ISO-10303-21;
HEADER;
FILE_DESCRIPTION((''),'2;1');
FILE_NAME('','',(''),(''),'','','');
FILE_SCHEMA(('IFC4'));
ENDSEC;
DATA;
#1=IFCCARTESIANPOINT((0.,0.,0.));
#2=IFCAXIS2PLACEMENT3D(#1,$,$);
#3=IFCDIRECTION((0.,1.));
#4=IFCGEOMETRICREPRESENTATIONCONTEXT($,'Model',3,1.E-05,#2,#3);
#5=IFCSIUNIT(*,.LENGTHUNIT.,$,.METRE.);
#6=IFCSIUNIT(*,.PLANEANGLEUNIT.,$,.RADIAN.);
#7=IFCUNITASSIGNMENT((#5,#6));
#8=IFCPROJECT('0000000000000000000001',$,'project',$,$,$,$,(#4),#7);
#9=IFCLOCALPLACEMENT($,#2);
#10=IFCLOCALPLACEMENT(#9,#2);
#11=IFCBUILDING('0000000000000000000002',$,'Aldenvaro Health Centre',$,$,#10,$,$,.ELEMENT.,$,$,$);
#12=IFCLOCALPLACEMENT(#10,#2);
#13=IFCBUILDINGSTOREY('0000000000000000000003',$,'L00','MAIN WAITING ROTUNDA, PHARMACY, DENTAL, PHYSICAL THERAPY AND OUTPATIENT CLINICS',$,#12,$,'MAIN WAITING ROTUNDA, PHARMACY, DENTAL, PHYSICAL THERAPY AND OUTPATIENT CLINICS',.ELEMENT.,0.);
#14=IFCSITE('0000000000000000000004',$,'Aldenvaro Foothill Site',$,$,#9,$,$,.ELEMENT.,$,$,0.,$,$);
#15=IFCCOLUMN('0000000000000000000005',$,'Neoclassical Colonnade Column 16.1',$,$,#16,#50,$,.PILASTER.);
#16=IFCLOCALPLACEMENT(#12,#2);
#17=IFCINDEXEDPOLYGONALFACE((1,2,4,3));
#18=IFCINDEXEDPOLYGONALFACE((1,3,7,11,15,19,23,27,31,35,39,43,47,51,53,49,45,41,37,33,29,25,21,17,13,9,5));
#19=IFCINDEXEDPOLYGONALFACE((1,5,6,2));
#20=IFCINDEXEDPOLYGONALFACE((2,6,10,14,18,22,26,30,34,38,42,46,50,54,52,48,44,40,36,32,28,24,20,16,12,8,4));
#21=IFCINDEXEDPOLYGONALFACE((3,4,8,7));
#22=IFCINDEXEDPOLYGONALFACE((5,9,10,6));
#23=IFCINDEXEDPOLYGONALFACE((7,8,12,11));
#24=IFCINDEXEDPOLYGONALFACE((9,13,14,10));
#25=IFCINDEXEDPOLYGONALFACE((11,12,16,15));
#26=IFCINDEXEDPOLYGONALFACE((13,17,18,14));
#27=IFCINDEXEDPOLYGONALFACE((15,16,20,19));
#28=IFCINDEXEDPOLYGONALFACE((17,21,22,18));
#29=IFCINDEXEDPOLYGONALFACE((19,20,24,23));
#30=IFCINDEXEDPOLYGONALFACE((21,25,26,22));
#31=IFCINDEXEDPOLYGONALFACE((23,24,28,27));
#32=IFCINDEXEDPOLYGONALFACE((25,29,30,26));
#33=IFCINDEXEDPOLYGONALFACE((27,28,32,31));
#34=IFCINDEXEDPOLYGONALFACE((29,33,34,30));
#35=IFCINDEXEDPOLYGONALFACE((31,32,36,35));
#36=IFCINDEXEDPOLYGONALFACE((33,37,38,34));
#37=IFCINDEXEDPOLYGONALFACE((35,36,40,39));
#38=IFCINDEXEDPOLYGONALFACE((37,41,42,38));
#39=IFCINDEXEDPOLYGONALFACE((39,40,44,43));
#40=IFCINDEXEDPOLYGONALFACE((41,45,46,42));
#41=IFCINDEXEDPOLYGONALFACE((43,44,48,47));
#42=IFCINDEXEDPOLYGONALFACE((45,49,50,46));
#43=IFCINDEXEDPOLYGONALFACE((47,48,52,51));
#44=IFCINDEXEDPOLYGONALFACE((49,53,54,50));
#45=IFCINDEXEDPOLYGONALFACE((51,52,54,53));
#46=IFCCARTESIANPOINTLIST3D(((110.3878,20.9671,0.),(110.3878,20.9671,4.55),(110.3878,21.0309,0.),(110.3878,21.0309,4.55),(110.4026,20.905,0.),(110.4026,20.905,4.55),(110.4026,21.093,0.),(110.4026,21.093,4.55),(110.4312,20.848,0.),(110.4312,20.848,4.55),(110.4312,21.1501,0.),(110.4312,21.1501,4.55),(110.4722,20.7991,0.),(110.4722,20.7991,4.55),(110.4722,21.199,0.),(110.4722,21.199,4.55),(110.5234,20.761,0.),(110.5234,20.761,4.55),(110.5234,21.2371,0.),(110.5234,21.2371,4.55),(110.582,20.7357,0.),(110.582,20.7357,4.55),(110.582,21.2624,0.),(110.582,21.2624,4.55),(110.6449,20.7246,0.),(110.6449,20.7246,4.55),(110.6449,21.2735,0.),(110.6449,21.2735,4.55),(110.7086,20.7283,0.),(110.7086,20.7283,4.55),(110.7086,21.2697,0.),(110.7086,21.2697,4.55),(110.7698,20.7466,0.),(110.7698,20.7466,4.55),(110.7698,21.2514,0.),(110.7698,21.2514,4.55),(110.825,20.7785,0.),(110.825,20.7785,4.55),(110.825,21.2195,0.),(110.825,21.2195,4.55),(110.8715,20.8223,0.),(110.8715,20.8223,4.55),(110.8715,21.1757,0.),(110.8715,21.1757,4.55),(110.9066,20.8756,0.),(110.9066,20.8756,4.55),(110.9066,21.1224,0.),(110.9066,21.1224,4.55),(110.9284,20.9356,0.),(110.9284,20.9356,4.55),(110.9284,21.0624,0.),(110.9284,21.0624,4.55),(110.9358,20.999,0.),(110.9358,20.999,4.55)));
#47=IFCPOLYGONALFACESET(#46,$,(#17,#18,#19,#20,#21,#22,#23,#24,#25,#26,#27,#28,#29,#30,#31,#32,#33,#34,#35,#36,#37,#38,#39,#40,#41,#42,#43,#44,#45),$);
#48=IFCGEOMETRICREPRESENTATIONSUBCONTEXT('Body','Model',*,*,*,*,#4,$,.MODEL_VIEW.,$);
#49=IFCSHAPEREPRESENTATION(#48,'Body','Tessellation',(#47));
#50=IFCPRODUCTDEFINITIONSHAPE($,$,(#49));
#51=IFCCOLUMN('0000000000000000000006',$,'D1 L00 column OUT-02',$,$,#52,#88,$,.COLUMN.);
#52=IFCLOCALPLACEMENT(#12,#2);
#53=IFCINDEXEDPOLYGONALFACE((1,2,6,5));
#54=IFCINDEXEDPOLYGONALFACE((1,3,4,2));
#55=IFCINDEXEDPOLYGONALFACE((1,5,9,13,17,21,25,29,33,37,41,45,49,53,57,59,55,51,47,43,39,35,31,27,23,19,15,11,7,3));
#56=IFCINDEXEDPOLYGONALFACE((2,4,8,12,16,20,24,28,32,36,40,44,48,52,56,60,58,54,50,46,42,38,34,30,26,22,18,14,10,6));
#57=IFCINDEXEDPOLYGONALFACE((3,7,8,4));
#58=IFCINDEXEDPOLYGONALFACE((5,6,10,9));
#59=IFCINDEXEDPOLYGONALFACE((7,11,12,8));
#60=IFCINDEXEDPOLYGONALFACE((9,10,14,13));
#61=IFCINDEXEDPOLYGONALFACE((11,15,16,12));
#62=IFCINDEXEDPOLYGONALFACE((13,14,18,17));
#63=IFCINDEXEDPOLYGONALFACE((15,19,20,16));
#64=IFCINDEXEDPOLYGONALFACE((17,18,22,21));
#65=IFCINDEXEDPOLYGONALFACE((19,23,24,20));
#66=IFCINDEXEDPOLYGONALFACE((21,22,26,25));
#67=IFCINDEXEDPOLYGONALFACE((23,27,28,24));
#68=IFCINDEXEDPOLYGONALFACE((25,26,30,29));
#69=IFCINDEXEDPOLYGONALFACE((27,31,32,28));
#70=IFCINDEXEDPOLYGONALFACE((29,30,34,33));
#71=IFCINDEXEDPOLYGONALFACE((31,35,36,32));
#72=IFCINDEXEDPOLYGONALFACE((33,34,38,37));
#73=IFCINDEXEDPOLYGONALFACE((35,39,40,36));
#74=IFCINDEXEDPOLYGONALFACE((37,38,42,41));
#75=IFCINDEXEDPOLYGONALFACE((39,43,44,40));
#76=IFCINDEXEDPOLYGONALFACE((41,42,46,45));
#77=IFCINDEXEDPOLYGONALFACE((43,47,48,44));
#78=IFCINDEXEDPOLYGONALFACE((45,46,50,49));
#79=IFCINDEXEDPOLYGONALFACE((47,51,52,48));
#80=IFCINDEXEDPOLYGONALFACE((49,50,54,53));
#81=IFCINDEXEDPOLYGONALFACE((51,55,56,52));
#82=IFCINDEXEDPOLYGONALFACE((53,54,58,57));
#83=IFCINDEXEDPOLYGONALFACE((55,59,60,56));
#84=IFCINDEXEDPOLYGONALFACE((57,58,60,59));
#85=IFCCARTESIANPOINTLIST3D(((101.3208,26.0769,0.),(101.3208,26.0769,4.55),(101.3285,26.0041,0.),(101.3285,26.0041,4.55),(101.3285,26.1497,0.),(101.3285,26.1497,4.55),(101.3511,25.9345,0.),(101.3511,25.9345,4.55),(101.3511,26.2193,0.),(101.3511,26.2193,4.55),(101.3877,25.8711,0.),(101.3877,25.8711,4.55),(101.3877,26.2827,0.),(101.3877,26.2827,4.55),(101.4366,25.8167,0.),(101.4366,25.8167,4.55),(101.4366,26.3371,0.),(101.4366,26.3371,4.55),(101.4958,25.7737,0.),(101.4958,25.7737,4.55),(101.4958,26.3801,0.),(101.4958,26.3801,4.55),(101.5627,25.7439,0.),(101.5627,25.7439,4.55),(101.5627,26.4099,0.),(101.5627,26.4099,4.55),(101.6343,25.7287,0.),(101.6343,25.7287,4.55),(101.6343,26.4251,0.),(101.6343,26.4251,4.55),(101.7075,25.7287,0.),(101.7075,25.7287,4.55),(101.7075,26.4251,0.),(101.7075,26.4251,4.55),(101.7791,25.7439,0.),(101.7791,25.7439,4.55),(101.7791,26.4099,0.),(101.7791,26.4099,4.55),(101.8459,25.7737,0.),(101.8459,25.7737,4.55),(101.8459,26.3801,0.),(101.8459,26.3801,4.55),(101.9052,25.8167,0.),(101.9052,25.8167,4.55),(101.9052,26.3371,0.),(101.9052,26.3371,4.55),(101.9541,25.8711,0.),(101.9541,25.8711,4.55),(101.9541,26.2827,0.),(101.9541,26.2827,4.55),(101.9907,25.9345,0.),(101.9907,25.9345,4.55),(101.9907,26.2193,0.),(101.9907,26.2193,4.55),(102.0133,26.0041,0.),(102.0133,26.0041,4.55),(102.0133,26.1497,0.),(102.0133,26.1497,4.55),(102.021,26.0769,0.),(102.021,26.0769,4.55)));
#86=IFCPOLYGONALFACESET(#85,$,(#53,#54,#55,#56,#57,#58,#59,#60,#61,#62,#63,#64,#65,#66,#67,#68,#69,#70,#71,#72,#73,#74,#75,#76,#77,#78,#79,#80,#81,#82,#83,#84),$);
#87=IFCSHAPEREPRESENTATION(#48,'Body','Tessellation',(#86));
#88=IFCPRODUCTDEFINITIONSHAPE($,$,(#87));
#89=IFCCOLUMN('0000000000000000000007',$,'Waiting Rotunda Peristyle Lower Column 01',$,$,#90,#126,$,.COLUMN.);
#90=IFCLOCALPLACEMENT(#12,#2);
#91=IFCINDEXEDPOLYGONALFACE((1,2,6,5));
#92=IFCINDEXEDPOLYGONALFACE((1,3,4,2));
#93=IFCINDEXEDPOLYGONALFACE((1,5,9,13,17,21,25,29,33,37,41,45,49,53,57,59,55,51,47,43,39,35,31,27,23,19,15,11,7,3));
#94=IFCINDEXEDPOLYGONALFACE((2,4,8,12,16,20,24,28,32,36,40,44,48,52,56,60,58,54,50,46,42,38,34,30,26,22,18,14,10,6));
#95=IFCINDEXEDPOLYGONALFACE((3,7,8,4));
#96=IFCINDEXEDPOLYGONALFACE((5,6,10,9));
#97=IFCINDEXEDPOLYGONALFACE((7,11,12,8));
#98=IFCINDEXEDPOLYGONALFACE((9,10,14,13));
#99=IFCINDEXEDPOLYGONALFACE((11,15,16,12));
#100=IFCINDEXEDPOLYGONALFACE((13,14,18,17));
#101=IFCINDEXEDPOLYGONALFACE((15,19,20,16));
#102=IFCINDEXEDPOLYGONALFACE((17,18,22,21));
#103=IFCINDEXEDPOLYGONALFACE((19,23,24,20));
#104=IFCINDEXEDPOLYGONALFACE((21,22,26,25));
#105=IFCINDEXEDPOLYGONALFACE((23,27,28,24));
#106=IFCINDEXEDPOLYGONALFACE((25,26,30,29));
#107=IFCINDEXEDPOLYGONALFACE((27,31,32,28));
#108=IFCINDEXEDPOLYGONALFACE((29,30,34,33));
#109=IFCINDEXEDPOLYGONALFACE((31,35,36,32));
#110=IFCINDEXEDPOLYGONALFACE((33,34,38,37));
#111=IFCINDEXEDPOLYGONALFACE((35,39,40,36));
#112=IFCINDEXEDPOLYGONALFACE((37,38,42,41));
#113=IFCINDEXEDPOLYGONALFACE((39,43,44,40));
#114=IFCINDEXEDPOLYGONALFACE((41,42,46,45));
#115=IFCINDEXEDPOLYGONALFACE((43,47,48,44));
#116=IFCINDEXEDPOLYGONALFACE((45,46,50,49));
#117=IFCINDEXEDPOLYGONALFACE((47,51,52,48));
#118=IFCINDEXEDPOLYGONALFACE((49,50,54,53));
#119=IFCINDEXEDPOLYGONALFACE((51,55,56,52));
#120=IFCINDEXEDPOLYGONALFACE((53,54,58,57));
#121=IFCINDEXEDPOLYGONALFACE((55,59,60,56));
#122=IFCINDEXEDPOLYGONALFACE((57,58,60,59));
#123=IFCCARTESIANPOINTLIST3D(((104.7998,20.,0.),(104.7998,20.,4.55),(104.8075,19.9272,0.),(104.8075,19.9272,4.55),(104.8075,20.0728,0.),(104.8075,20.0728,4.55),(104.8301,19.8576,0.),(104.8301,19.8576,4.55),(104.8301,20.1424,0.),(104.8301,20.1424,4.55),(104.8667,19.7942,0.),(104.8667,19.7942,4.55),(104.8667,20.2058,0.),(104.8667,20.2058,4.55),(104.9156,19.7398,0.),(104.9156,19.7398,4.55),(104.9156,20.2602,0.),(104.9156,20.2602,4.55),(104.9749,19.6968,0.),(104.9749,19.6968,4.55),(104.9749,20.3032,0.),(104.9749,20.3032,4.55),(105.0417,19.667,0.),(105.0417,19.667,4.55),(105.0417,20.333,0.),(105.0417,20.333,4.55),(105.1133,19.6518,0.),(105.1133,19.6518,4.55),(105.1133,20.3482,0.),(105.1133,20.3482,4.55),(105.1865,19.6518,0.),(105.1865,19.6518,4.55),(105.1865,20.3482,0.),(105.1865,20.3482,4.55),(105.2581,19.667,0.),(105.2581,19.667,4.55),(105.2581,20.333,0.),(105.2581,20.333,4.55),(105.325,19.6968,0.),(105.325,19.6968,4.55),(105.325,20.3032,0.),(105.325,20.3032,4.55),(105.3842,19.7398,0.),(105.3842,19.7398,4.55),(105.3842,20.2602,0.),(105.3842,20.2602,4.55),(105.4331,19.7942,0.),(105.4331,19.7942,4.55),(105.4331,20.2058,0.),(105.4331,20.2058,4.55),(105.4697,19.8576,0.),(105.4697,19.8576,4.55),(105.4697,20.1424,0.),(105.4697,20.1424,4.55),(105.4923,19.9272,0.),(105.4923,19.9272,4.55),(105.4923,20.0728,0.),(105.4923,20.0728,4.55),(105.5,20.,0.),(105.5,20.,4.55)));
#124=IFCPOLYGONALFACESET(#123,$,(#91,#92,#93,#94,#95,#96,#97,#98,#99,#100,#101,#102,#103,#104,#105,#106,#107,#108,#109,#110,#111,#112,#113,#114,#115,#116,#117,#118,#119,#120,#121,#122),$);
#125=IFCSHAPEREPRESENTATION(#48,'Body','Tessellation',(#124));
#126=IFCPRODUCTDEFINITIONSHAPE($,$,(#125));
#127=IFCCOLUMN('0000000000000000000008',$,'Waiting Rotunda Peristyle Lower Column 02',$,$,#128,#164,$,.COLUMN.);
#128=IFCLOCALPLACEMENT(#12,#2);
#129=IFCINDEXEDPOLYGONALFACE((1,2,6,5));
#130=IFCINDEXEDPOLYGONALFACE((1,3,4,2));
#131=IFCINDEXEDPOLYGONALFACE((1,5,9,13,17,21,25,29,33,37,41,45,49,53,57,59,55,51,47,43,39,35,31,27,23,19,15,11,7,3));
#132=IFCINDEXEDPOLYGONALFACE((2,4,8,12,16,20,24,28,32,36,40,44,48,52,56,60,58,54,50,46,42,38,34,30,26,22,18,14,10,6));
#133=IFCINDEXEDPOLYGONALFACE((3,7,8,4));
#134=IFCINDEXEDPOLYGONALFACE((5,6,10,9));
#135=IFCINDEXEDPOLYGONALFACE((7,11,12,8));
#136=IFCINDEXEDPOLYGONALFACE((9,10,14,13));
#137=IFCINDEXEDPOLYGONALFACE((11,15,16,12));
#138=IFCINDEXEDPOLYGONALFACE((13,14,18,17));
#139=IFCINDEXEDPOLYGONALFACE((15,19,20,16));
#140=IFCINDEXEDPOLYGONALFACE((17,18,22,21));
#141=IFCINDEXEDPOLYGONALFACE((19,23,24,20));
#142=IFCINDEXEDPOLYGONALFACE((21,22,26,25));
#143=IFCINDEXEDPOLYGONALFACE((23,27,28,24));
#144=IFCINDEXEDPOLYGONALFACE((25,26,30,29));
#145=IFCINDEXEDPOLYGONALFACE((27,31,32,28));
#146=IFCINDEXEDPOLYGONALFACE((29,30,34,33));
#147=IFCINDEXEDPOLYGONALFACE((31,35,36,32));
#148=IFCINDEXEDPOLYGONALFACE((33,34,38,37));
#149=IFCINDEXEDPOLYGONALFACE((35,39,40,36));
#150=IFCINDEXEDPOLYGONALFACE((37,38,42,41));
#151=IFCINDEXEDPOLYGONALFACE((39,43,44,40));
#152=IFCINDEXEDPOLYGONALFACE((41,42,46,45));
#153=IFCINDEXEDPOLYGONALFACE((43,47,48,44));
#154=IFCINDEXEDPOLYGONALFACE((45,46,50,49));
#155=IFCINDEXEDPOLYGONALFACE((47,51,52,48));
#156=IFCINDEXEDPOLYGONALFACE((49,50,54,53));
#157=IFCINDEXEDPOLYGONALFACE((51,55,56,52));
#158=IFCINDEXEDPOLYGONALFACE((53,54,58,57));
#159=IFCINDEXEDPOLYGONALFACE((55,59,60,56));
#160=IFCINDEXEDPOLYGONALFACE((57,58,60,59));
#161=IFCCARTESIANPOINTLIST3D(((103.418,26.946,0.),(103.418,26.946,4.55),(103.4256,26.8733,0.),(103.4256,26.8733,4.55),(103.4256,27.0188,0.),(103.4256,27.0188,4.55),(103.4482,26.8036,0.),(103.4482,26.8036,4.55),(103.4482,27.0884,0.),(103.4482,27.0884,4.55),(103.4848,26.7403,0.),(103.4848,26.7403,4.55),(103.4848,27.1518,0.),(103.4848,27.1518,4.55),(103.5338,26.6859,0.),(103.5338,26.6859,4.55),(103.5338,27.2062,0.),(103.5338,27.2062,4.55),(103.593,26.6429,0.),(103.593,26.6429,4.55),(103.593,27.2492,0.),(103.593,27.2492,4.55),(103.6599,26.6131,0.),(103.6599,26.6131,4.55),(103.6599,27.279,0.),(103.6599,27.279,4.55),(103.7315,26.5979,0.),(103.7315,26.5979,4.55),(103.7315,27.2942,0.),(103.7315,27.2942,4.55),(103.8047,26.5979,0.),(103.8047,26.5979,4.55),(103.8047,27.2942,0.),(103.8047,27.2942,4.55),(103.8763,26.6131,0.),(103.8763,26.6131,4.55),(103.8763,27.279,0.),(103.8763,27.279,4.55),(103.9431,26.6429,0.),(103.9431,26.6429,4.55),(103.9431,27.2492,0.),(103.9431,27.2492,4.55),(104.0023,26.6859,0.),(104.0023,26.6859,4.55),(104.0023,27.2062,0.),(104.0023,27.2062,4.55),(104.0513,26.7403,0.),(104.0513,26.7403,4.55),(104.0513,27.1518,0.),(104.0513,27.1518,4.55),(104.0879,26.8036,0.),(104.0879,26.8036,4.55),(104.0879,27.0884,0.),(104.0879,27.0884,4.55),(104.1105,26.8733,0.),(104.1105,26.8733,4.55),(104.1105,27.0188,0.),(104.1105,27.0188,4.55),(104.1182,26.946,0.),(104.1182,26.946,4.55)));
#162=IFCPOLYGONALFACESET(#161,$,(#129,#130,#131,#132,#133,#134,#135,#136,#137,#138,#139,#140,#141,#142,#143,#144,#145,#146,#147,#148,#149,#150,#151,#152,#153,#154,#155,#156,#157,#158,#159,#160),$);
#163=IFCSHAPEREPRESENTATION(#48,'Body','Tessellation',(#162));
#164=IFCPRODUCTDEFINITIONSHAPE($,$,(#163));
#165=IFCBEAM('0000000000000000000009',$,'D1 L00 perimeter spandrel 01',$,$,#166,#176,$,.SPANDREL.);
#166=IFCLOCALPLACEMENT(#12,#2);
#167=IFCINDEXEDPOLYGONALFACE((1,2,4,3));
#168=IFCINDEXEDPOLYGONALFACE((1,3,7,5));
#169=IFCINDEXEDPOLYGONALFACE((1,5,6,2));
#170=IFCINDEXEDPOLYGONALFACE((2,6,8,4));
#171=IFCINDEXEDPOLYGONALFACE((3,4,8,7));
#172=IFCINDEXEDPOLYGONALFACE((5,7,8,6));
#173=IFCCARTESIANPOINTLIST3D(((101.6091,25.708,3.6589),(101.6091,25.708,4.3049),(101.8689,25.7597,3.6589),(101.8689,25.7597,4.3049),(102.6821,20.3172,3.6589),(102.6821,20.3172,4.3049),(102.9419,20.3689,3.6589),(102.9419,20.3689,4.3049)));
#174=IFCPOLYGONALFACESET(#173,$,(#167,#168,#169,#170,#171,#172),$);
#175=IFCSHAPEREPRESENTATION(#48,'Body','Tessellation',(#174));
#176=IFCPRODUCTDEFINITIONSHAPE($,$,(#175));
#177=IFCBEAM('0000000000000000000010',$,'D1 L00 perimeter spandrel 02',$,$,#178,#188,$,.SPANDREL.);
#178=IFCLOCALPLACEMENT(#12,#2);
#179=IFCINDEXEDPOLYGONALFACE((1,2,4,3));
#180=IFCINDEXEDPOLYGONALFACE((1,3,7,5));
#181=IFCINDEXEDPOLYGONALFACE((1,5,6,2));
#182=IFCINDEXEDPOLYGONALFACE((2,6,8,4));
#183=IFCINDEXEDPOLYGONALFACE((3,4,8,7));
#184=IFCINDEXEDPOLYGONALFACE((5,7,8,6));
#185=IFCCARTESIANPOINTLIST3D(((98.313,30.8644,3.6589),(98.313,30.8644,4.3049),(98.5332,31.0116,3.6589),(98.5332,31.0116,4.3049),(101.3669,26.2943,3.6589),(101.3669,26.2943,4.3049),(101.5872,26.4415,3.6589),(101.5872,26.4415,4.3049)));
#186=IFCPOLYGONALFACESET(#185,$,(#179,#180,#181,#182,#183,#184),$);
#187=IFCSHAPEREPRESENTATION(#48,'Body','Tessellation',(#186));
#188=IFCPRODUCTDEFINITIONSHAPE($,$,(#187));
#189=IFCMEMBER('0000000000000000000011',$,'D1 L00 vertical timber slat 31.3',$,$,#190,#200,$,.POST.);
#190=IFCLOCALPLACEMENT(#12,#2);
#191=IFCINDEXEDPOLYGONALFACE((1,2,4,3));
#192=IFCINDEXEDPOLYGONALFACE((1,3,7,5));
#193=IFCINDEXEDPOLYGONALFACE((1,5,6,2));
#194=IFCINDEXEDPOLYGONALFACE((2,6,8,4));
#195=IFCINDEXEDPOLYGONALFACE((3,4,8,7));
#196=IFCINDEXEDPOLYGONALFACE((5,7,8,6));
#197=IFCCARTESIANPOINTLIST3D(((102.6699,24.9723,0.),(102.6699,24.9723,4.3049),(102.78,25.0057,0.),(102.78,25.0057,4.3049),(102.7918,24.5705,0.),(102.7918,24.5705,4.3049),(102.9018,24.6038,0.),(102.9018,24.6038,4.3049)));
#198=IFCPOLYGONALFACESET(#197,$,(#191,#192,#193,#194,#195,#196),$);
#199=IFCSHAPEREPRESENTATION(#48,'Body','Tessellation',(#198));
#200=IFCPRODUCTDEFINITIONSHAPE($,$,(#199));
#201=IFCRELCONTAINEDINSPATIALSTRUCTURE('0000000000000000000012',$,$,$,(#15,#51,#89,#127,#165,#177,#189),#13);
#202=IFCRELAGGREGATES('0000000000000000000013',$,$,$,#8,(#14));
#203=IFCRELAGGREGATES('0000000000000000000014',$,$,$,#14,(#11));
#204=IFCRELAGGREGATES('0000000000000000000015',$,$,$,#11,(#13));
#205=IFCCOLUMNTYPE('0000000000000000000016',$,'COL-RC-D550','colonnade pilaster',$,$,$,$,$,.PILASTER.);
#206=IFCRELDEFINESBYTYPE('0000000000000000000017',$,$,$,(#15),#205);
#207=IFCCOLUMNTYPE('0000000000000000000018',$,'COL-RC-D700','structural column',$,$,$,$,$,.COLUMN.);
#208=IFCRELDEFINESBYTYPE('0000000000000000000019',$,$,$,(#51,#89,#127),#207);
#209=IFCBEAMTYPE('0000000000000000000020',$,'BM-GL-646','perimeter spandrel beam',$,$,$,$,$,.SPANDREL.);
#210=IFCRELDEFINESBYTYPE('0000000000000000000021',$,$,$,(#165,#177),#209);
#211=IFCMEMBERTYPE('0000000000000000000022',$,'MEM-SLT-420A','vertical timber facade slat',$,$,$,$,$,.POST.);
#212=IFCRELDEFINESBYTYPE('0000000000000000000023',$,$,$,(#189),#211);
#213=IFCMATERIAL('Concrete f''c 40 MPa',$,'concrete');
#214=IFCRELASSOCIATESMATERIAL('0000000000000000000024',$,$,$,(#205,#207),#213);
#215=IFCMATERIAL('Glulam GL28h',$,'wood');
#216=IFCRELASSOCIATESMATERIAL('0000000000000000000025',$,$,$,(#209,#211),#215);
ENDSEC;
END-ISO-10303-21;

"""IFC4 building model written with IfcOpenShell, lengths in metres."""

from ifc_helpers import new_model, si_unit, direction, frame, origin, origin_2d, place, context, subcontext, project, spatial, rectangle, circle, extrude, material, material_profile, profile_set, type_object, element, save


model = new_model("IFC4")

# Units and contexts
model_context = context("Model", 3, precision=1e-05, world=origin(), true_north=direction((0.0, 1.0)))
body_context = subcontext(model_context, "Body", "Model", "MODEL_VIEW")
ifc_project = project(units=[si_unit("LENGTHUNIT", "METRE"), si_unit("PLANEANGLEUNIT", "RADIAN")], contexts=[model_context])

# Site, building, storey
site_placement = place(None, origin())
site = spatial("IfcSite", under=ifc_project, at=site_placement, Name="Aldenvaro Foothill Site", CompositionType="ELEMENT", RefElevation=0.0)
building_placement = place(site_placement, origin())
building = spatial("IfcBuilding", under=site, at=building_placement, Name="Aldenvaro Health Centre", CompositionType="ELEMENT")
storey_placement = place(building_placement, origin())
storey = spatial("IfcBuildingStorey", under=building, at=storey_placement, Name="L00", Description="MAIN WAITING ROTUNDA, PHARMACY, DENTAL, PHYSICAL THERAPY AND OUTPATIENT CLINICS", LongName="MAIN WAITING ROTUNDA, PHARMACY, DENTAL, PHYSICAL THERAPY AND OUTPATIENT CLINICS", CompositionType="ELEMENT", Elevation=0.0)

# Columns
ifc_material_1 = material(Name="Concrete f'c 40 MPa", Category="concrete")
ifc_material_profile_1 = material_profile(ifc_material_1, circle(Radius=0.2749, at=origin_2d()), Name="RC D550", Category="concrete")
ifc_profile_set_1 = profile_set([ifc_material_profile_1], Name="Concrete f'c 40 MPa")
column_type_1 = type_object("IfcColumnType", Name="COL-RC-D550", Description="colonnade pilaster", PredefinedType="PILASTER", material=ifc_profile_set_1)
column_placement = place(storey_placement, frame((110.6609, 20.999, 0.0), z_axis=(0.0, 0.0, 1.0), x_axis=(1.0, 0.0, 0.0)))
element("IfcColumn", 1, at=column_placement, inside=storey, type_object=column_type_1, Name="Neoclassical Colonnade Column 16.1", PredefinedType="PILASTER", context=body_context, shape_type="SweptSolid", body=[
    extrude(circle(Radius=0.2749, at=origin_2d()), origin(), (0.0, 0.0, 1.0), 4.55),
])
ifc_material_profile_2 = material_profile(ifc_material_1, circle(Radius=0.3501, at=origin_2d()), Name="RC D700", Category="concrete")
ifc_profile_set_2 = profile_set([ifc_material_profile_2], Name="Concrete f'c 40 MPa")
column_type_2 = type_object("IfcColumnType", Name="COL-RC-D700", Description="structural column", PredefinedType="COLUMN", material=ifc_profile_set_2)
for number, where, z_axis, x_axis, name in (
    (2, (101.6709, 26.0769, 0.0), (0.0, 0.0, 1.0), (1.0, 0.0, 0.0), "D1 L00 column OUT-02"),
    (3, (105.1499, 20.0, 0.0), (0.0, 0.0, 1.0), (1.0, 0.0, 0.0), "Waiting Rotunda Peristyle Lower Column 01"),
    (4, (103.7681, 26.946, 0.0), (0.0, 0.0, 1.0), (1.0, 0.0, 0.0), "Waiting Rotunda Peristyle Lower Column 02"),
):
    element("IfcColumn", number, at=place(storey_placement, frame(where, z_axis=z_axis, x_axis=x_axis)), inside=storey, type_object=column_type_2, Name=name, PredefinedType="COLUMN", context=body_context, shape_type="SweptSolid", body=[
        extrude(circle(Radius=0.3501, at=origin_2d()), origin(), (0.0, 0.0, 1.0), 4.55),
    ])

# Beams
ifc_material_2 = material(Name="Glulam GL28h", Category="wood")
ifc_material_profile_3 = material_profile(ifc_material_2, rectangle(XDim=0.2649, YDim=0.646, at=origin_2d()), Name="GL 265x646", Category="wood")
ifc_profile_set_3 = profile_set([ifc_material_profile_3], Name="Glulam GL28h")
beam_type = type_object("IfcBeamType", Name="BM-GL-646", Description="perimeter spandrel beam", PredefinedType="SPANDREL", material=ifc_profile_set_3)
for number, where, z_axis, x_axis, name in (
    (5, (102.812, 20.343, 3.9819), (-0.195211, 0.980761, 0.0), (-0.980761, -0.195211, 0.0), "D1 L00 perimeter spandrel 01"),
    (6, (101.4771, 26.3679, 3.9819), (-0.555612, 0.831442, 0.0), (-0.831442, -0.555612, 0.0), "D1 L00 perimeter spandrel 02"),
):
    element("IfcBeam", number, at=place(storey_placement, frame(where, z_axis=z_axis, x_axis=x_axis)), inside=storey, type_object=beam_type, Name=name, PredefinedType="SPANDREL", context=body_context, shape_type="SweptSolid", body=[
        extrude(rectangle(XDim=0.2649, YDim=0.646, at=origin_2d()), origin(), (0.0, 0.0, 1.0), 5.4966),
    ])

# Member
ifc_material_profile_4 = material_profile(ifc_material_2, rectangle(XDim=0.115, YDim=0.4199, at=origin_2d()), Name="GL 115x420", Category="wood")
ifc_profile_set_4 = profile_set([ifc_material_profile_4], Name="Glulam GL28h")
member_type_1 = type_object("IfcMemberType", Name="MEM-SLT-420A", Description="vertical timber facade slat", PredefinedType="POST", material=ifc_profile_set_4)
for number, where, z_axis, x_axis, name in (
    (7, (102.7859, 24.7881, 0.0), (0.0, 0.0, 1.0), (0.956975, 0.290171, 0.0), "D1 L00 vertical timber slat 31.3"),
):
    element("IfcMember", number, at=place(storey_placement, frame(where, z_axis=z_axis, x_axis=x_axis)), inside=storey, type_object=member_type_1, Name=name, PredefinedType="POST", context=body_context, shape_type="SweptSolid", body=[
        extrude(rectangle(XDim=0.115, YDim=0.4199, at=origin_2d()), origin(), (0.0, 0.0, 1.0), 4.3049),
    ])

save(model, "model.ifc")
